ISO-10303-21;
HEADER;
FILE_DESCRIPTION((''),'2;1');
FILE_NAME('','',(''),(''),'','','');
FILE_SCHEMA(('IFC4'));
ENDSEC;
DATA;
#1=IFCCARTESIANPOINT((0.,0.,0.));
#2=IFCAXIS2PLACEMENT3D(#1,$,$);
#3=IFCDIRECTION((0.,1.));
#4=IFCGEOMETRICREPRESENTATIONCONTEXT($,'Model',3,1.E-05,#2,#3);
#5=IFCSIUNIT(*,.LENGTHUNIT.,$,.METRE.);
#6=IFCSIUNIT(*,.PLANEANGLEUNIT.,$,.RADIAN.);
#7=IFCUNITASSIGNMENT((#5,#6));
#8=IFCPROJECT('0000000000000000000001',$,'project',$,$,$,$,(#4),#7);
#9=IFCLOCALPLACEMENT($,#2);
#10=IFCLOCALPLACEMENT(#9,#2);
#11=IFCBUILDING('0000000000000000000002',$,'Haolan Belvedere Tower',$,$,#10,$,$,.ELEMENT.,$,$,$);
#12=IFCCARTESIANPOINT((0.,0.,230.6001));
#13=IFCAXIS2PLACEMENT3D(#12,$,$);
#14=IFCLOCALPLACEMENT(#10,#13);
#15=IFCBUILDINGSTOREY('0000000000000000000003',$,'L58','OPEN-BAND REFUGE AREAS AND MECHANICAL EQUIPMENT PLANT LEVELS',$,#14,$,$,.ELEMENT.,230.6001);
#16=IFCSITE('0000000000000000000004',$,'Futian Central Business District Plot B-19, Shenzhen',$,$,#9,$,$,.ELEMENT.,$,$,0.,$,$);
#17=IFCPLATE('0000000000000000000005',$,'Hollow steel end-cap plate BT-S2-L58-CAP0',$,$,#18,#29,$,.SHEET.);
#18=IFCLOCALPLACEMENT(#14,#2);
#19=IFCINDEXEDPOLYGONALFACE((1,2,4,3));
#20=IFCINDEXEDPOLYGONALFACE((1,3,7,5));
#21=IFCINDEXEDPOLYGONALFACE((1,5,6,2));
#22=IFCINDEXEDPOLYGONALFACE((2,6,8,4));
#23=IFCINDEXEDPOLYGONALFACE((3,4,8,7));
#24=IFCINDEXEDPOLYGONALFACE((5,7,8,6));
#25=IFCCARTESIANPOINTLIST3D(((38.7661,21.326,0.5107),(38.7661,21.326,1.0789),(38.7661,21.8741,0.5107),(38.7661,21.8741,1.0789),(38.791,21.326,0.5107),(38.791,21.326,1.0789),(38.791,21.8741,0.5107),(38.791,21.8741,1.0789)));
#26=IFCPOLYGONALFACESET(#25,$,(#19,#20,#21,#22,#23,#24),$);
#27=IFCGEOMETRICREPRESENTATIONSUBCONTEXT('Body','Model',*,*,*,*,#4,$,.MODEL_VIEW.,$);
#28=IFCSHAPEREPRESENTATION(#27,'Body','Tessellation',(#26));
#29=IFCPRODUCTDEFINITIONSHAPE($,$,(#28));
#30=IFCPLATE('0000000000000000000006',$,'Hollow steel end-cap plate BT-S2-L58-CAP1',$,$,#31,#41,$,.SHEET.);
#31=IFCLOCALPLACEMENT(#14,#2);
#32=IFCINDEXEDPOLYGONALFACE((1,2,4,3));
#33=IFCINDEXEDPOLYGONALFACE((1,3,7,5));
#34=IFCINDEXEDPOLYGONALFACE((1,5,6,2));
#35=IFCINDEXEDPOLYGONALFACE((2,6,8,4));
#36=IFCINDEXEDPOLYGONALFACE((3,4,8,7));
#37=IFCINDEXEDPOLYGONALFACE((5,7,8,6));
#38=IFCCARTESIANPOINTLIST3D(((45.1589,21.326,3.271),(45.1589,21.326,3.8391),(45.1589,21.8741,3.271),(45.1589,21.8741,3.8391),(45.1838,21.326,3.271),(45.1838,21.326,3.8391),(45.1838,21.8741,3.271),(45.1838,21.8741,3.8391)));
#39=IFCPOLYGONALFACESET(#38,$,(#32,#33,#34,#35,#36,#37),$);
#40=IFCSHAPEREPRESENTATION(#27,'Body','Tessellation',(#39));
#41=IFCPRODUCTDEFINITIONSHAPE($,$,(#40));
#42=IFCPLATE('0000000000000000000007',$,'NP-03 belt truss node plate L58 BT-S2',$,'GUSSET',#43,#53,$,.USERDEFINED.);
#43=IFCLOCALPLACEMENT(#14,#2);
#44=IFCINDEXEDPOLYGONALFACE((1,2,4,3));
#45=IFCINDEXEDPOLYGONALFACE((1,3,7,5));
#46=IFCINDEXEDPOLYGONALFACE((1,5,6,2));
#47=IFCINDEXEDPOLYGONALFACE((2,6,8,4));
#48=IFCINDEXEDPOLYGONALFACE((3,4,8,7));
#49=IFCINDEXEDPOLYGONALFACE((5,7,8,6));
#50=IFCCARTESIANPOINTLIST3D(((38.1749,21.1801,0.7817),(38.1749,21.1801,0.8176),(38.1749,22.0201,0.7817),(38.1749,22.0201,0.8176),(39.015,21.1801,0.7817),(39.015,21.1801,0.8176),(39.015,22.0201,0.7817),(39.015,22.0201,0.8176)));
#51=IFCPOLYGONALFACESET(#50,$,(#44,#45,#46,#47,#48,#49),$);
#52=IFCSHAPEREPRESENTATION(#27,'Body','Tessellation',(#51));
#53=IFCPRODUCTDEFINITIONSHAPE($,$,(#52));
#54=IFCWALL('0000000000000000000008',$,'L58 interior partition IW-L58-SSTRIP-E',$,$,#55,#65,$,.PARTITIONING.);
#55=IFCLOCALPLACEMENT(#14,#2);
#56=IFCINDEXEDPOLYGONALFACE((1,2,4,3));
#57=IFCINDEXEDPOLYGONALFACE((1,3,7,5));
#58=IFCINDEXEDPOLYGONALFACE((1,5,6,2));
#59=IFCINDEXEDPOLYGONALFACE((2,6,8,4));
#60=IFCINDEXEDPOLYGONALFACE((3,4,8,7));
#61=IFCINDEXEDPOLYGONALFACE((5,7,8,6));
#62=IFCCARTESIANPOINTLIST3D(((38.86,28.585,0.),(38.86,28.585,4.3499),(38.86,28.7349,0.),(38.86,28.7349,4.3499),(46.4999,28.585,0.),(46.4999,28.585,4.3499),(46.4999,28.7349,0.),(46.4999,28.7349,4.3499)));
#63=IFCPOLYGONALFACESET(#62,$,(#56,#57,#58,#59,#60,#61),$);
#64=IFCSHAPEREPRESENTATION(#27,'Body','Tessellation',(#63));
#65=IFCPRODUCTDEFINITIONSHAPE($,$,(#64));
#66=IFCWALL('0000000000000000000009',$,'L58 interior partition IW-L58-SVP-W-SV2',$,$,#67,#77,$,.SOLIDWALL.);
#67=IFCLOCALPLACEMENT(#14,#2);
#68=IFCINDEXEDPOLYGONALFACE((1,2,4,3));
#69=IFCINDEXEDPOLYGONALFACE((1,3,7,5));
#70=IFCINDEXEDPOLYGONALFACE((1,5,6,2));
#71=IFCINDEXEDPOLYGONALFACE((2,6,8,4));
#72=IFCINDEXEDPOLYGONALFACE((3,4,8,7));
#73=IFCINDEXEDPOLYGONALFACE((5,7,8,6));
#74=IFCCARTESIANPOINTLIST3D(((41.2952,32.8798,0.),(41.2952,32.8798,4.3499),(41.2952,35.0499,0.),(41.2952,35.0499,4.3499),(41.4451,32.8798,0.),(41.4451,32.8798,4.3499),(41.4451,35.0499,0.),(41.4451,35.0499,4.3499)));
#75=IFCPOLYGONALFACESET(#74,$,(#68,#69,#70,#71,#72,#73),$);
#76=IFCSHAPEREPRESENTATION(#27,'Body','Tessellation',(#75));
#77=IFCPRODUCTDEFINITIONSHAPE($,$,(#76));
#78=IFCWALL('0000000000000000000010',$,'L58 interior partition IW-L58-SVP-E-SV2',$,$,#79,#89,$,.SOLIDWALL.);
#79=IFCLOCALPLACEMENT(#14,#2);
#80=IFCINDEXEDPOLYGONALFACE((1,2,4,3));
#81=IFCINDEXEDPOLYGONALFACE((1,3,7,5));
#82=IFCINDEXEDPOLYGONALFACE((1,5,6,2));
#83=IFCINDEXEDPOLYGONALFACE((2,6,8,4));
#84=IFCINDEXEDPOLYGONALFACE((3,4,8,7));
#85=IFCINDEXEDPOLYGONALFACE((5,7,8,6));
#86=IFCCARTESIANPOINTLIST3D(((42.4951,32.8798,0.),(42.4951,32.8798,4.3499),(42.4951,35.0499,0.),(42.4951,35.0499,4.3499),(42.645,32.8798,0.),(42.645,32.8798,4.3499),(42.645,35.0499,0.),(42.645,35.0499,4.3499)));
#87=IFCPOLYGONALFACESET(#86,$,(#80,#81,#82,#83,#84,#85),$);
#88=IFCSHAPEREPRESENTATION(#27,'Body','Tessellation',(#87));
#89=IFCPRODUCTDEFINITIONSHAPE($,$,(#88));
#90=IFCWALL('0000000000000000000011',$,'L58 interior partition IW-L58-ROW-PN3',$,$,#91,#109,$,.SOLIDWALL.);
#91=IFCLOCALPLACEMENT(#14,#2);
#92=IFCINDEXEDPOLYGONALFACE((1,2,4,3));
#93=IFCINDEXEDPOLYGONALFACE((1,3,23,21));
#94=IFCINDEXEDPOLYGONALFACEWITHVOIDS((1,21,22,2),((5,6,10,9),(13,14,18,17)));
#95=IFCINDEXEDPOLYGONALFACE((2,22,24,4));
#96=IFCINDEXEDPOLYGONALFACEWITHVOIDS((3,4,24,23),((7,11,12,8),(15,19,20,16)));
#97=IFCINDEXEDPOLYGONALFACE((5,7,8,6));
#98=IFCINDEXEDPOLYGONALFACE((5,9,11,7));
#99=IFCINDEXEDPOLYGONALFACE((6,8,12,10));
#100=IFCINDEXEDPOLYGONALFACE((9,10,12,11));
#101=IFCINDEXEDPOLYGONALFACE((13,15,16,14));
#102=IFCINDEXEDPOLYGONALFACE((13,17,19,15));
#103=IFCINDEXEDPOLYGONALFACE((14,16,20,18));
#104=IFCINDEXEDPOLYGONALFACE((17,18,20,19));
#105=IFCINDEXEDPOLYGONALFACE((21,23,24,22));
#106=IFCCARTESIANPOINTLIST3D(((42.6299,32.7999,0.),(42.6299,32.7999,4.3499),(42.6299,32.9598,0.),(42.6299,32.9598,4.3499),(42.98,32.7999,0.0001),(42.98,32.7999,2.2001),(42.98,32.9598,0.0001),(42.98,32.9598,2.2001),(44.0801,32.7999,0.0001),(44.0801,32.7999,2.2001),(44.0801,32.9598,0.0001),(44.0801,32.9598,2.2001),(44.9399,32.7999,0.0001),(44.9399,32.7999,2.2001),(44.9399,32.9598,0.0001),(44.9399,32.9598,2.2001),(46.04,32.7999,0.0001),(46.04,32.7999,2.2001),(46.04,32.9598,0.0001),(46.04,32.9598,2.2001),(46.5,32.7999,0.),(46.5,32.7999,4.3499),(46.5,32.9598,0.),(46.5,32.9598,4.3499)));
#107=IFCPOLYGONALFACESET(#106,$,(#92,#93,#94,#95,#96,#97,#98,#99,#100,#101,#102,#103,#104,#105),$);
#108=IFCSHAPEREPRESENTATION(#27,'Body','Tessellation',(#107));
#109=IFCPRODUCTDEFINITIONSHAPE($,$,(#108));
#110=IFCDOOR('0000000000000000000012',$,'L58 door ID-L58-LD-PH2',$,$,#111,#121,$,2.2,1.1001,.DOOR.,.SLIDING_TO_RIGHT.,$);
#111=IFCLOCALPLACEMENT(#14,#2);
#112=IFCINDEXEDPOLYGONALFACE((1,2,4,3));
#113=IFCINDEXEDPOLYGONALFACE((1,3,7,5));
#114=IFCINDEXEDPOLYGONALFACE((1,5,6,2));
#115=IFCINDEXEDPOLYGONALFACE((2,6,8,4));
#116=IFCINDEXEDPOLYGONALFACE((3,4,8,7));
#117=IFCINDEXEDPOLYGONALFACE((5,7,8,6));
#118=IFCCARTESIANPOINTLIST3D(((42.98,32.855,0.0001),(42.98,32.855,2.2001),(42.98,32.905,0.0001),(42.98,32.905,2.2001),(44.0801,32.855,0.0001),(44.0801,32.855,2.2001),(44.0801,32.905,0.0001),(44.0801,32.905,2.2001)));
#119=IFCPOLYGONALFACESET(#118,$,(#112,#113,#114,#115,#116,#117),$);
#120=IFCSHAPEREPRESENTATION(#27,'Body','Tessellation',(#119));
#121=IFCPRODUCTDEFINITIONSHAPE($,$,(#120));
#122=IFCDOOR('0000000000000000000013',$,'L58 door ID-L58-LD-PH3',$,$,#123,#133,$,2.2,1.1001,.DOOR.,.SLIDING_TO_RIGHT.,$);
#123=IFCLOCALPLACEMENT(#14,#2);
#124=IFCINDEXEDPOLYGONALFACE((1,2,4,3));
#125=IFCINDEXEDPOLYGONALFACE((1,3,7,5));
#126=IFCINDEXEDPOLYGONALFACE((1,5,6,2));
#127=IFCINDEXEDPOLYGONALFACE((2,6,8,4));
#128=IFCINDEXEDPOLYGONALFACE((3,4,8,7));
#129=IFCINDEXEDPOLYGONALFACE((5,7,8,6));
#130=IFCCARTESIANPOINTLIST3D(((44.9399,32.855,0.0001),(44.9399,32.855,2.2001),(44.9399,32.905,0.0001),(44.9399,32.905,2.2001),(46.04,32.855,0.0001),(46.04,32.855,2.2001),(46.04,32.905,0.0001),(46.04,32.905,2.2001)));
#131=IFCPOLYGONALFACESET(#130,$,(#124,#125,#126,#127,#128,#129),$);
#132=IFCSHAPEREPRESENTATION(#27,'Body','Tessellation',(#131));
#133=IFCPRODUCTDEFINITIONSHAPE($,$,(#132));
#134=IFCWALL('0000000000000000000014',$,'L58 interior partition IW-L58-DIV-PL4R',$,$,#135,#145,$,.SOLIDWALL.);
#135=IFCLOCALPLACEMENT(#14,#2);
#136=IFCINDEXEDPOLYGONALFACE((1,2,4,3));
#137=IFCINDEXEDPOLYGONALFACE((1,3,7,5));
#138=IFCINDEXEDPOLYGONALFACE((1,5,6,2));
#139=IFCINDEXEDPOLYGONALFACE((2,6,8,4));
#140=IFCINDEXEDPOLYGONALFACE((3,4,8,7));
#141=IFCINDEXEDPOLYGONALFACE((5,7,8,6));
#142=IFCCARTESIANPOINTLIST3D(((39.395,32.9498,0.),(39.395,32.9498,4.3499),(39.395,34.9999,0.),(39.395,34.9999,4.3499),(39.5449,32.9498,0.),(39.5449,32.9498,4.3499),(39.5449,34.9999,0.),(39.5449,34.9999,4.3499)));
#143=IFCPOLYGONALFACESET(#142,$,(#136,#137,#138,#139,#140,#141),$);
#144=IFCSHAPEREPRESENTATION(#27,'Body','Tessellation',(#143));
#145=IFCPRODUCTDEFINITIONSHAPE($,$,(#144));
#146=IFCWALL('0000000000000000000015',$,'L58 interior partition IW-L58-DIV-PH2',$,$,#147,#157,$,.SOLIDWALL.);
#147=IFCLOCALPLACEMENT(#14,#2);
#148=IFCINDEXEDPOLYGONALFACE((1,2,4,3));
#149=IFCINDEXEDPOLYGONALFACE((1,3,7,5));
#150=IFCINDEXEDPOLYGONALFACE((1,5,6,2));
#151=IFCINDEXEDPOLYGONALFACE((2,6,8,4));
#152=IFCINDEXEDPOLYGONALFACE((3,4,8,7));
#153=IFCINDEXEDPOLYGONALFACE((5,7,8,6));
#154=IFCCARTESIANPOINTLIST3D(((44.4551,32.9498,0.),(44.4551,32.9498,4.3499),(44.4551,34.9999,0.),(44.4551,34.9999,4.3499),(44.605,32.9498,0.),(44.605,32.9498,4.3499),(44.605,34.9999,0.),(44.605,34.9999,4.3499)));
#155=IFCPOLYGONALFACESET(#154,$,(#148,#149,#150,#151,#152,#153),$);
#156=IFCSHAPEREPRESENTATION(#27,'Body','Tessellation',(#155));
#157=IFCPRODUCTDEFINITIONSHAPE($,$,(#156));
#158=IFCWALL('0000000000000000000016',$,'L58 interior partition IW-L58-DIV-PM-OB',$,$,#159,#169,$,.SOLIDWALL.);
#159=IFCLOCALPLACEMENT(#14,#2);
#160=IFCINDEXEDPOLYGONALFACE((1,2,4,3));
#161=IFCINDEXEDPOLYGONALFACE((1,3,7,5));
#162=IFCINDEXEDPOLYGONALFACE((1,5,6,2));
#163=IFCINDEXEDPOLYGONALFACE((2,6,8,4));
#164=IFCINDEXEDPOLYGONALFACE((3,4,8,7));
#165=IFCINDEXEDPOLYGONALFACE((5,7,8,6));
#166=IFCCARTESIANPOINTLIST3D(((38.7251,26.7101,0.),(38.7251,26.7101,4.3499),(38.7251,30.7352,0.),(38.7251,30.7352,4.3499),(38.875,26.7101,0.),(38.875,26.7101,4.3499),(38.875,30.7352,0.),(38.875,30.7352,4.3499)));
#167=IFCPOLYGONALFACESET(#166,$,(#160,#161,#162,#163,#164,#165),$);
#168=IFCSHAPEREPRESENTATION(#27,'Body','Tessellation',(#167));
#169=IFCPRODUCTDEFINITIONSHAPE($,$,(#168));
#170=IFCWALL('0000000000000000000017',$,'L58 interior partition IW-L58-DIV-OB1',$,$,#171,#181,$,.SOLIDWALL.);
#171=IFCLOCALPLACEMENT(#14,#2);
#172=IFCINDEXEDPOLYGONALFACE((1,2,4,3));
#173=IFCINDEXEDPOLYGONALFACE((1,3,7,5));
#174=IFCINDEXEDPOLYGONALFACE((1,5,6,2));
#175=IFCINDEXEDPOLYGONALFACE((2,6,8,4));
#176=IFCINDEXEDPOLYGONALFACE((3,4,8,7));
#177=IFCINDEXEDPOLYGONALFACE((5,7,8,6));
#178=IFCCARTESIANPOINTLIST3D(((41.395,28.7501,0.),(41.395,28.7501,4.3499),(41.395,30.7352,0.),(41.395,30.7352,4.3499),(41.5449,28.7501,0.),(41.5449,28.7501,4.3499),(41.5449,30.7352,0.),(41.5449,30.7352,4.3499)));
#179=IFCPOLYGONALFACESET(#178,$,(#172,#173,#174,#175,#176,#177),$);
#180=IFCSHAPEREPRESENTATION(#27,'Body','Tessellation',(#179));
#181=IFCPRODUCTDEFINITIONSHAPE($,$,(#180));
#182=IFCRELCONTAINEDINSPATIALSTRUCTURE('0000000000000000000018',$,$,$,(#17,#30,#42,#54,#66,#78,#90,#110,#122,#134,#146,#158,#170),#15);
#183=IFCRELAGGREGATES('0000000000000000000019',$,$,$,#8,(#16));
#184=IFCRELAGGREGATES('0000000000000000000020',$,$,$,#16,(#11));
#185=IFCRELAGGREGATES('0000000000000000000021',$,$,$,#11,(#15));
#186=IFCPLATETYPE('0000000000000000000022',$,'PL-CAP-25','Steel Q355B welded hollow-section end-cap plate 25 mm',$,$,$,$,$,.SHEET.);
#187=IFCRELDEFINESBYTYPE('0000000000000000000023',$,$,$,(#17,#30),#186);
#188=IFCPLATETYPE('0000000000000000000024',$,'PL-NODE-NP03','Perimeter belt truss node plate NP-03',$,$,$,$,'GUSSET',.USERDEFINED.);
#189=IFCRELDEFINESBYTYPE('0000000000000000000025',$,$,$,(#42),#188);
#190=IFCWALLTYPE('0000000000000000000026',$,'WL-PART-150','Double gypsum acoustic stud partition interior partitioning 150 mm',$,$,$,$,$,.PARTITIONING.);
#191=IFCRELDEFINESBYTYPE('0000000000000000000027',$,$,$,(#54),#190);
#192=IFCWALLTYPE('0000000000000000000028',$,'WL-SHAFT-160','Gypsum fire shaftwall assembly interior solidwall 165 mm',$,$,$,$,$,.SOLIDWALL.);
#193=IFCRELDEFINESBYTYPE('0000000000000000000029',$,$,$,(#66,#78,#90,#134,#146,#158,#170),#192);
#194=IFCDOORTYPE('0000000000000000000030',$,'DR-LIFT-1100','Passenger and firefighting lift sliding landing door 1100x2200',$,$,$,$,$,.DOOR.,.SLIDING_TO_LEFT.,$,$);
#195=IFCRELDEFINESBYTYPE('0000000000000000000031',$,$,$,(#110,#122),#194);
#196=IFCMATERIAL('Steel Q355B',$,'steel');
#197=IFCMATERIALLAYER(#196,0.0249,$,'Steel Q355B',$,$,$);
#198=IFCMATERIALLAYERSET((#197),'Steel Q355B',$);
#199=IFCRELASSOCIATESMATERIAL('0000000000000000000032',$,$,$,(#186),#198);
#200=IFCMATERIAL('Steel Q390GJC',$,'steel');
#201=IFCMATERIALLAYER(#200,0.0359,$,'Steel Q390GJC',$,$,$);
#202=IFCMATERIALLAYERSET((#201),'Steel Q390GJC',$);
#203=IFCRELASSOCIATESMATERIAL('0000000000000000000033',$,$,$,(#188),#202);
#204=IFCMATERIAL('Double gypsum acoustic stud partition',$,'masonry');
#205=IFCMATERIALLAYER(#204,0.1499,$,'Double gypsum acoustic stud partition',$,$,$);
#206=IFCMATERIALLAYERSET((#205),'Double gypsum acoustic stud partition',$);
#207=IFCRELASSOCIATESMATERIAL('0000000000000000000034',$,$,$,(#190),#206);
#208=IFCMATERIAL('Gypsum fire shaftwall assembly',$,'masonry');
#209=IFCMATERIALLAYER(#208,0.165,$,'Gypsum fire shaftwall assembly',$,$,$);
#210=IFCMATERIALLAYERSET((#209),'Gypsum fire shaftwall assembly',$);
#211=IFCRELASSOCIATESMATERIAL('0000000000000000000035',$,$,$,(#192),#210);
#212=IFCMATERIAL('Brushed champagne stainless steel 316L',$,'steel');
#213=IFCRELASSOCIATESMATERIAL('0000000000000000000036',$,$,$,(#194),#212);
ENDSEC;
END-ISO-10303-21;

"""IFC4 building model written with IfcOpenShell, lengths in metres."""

from ifc_helpers import new_model, si_unit, direction, frame, frame_2d, origin, origin_2d, place, context, subcontext, project, spatial, rectangle, extrude, material, layer, layer_set, type_object, element, fill, save


model = new_model("IFC4")

# Units and contexts
model_context = context("Model", 3, precision=1e-05, world=origin(), true_north=direction((0.0, 1.0)))
body_context = subcontext(model_context, "Body", "Model", "MODEL_VIEW")
ifc_project = project(units=[si_unit("LENGTHUNIT", "METRE"), si_unit("PLANEANGLEUNIT", "RADIAN")], contexts=[model_context])

# Site, building, storey
site_placement = place(None, origin())
site = spatial("IfcSite", under=ifc_project, at=site_placement, Name="Futian Central Business District Plot B-19, Shenzhen", CompositionType="ELEMENT", RefElevation=0.0)
building_placement = place(site_placement, origin())
building = spatial("IfcBuilding", under=site, at=building_placement, Name="Haolan Belvedere Tower", CompositionType="ELEMENT")
storey_placement = place(building_placement, frame((0.0, 0.0, 230.6001)))
storey = spatial("IfcBuildingStorey", under=building, at=storey_placement, Name="L58", Description="OPEN-BAND REFUGE AREAS AND MECHANICAL EQUIPMENT PLANT LEVELS", CompositionType="ELEMENT", Elevation=230.6001)

# Shared definitions
ifc_material_1 = material(Name="Steel Q390GJC", Category="steel")

# Shared definitions
ifc_material_2 = material(Name="Steel Q355B", Category="steel")

# Plates
ifc_layer_1 = layer(ifc_material_2, 0.0249, Name="Steel Q355B")
ifc_layer_set_1 = layer_set([ifc_layer_1], Name="Steel Q355B")
plate_type_1 = type_object("IfcPlateType", Name="PL-CAP-25", Description="Steel Q355B welded hollow-section end-cap plate 25 mm", PredefinedType="SHEET", material=ifc_layer_set_1)
for number, where, z_axis, x_axis, name in (
    (1, (38.7786, 21.6001, 0.5107), (0.0, 0.0, 1.0), (0.0, -1.0, 0.0), "Hollow steel end-cap plate BT-S2-L58-CAP0"),
    (2, (45.1714, 21.6001, 3.271), (0.0, 0.0, 1.0), (0.0, 1.0, 0.0), "Hollow steel end-cap plate BT-S2-L58-CAP1"),
):
    element("IfcPlate", number, at=place(storey_placement, frame(where, z_axis=z_axis, x_axis=x_axis)), inside=storey, type_object=plate_type_1, Name=name, PredefinedType="SHEET", context=body_context, shape_type="SweptSolid", body=[
        extrude(rectangle(XDim=0.5481, YDim=0.0249, at=origin_2d()), origin(), (0.0, 0.0, 1.0), 0.5681),
    ])
ifc_layer_2 = layer(ifc_material_1, 0.0359, Name="Steel Q390GJC")
ifc_layer_set_2 = layer_set([ifc_layer_2], Name="Steel Q390GJC")
plate_type_2 = type_object("IfcPlateType", Name="PL-NODE-NP03", Description="Perimeter belt truss node plate NP-03", ElementType="GUSSET", PredefinedType="USERDEFINED", material=ifc_layer_set_2)
plate_1_placement = place(storey_placement, frame((38.595, 21.6001, 0.7817), z_axis=(0.0, 0.0, 1.0), x_axis=(1.0, 0.0, 0.0)))
element("IfcPlate", 3, at=plate_1_placement, inside=storey, type_object=plate_type_2, Name="NP-03 belt truss node plate L58 BT-S2", ObjectType="GUSSET", PredefinedType="USERDEFINED", context=body_context, shape_type="SweptSolid", body=[
    extrude(rectangle(XDim=0.8401, YDim=0.8401, at=origin_2d()), origin(), (0.0, 0.0, 1.0), 0.0359),
])

# Walls
ifc_material_3 = material(Name="Double gypsum acoustic stud partition", Category="masonry")
ifc_layer_3 = layer(ifc_material_3, 0.1499, Name="Double gypsum acoustic stud partition")
ifc_layer_set_3 = layer_set([ifc_layer_3], Name="Double gypsum acoustic stud partition")
wall_type_1 = type_object("IfcWallType", Name="WL-PART-150", Description="Double gypsum acoustic stud partition interior partitioning 150 mm", PredefinedType="PARTITIONING", material=ifc_layer_set_3)
wall_1_placement = place(storey_placement, frame((38.8601, 28.6599, 0.0), z_axis=(0.0, 0.0, 1.0), x_axis=(1.0, 0.0, 0.0)))
element("IfcWall", 4, at=wall_1_placement, inside=storey, type_object=wall_type_1, Name="L58 interior partition IW-L58-SSTRIP-E", PredefinedType="PARTITIONING", context=body_context, shape_type="SweptSolid", body=[
    extrude(rectangle(XDim=7.6399, YDim=0.1499, at=frame_2d((3.8198, 0.0))), origin(), (0.0, 0.0, 1.0), 4.3499),
])
ifc_material_4 = material(Name="Gypsum fire shaftwall assembly", Category="masonry")
ifc_layer_4 = layer(ifc_material_4, 0.165, Name="Gypsum fire shaftwall assembly")
ifc_layer_set_4 = layer_set([ifc_layer_4], Name="Gypsum fire shaftwall assembly")
wall_type_2 = type_object("IfcWallType", Name="WL-SHAFT-160", Description="Gypsum fire shaftwall assembly interior solidwall 165 mm", PredefinedType="SOLIDWALL", material=ifc_layer_set_4)
for number, where, z_axis, x_axis, name in (
    (5, (41.3701, 32.8799, 0.0), (0.0, 0.0, 1.0), (0.0, 1.0, 0.0), "L58 interior partition IW-L58-SVP-W-SV2"),
    (6, (42.5701, 32.8799, 0.0), (0.0, 0.0, 1.0), (0.0, 1.0, 0.0), "L58 interior partition IW-L58-SVP-E-SV2"),
):
    element("IfcWall", number, at=place(storey_placement, frame(where, z_axis=z_axis, x_axis=x_axis)), inside=storey, type_object=wall_type_2, Name=name, PredefinedType="SOLIDWALL", context=body_context, shape_type="SweptSolid", body=[
        extrude(rectangle(XDim=2.1702, YDim=0.1499, at=frame_2d((1.085, 0.0))), origin(), (0.0, 0.0, 1.0), 4.3499),
    ])

# Wall, openings, doors
wall_2_placement = place(storey_placement, frame((42.6299, 32.8799, 0.0), z_axis=(0.0, 0.0, 1.0), x_axis=(1.0, 0.0, 0.0)))
wall_2 = element("IfcWall", 7, at=wall_2_placement, inside=storey, type_object=wall_type_2, Name="L58 interior partition IW-L58-ROW-PN3", PredefinedType="SOLIDWALL", context=body_context, shape_type="SweptSolid", body=[
    extrude(rectangle(XDim=3.8701, YDim=0.1599, at=frame_2d((1.9351, 0.0))), origin(), (0.0, 0.0, 1.0), 4.3499),
])
opening_1_placement = place(wall_2_placement, frame((1.4502, 0.0, 0.0), z_axis=(0.0, 0.0, 1.0), x_axis=(-1.0, 0.0, 0.0)))
opening_1 = element("IfcOpeningElement", 8, at=opening_1_placement, cuts=wall_2, PredefinedType="OPENING", context=body_context, shape_type="SweptSolid", body=[
    extrude(rectangle(XDim=1.1001, YDim=2.2, at=frame_2d((0.55, 1.1001))), frame((0.0, 0.0898, 0.0), z_axis=(0.0, -1.0, 0.0), x_axis=(1.0, 0.0, 0.0)), (0.0, 0.0, 1.0), 0.1799),
])
opening_2_placement = place(wall_2_placement, frame((3.4102, 0.0, 0.0), z_axis=(0.0, 0.0, 1.0), x_axis=(-1.0, 0.0, 0.0)))
opening_2 = element("IfcOpeningElement", 9, at=opening_2_placement, cuts=wall_2, PredefinedType="OPENING", context=body_context, shape_type="SweptSolid", body=[
    extrude(rectangle(XDim=1.1001, YDim=2.2, at=frame_2d((0.55, 1.1001))), frame((0.0, 0.0898, 0.0), z_axis=(0.0, -1.0, 0.0), x_axis=(1.0, 0.0, 0.0)), (0.0, 0.0, 1.0), 0.1799),
])
ifc_material_5 = material(Name="Brushed champagne stainless steel 316L", Category="steel")
door_type = type_object("IfcDoorType", Name="DR-LIFT-1100", Description="Passenger and firefighting lift sliding landing door 1100x2200", OperationType="SLIDING_TO_LEFT", PredefinedType="DOOR", material=ifc_material_5)
door_1_placement = place(opening_1_placement, origin())
door_1 = element("IfcDoor", 10, at=door_1_placement, inside=storey, type_object=door_type, Name="L58 door ID-L58-LD-PH2", OperationType="SLIDING_TO_RIGHT", OverallHeight=2.2, OverallWidth=1.1001, PredefinedType="DOOR", context=body_context, shape_type="SweptSolid", body=[
    extrude(rectangle(XDim=1.1001, YDim=2.2, at=frame_2d((0.55, 1.1001))), frame((0.0, 0.0249, 0.0), z_axis=(0.0, -1.0, 0.0), x_axis=(1.0, 0.0, 0.0)), (0.0, 0.0, 1.0), 0.05),
])
fill(opening_1, door_1)
door_2_placement = place(opening_2_placement, origin())
door_2 = element("IfcDoor", 11, at=door_2_placement, inside=storey, type_object=door_type, Name="L58 door ID-L58-LD-PH3", OperationType="SLIDING_TO_RIGHT", OverallHeight=2.2, OverallWidth=1.1001, PredefinedType="DOOR", context=body_context, shape_type="SweptSolid", body=[
    extrude(rectangle(XDim=1.1001, YDim=2.2, at=frame_2d((0.55, 1.1001))), frame((0.0, 0.0249, 0.0), z_axis=(0.0, -1.0, 0.0), x_axis=(1.0, 0.0, 0.0)), (0.0, 0.0, 1.0), 0.05),
])
fill(opening_2, door_2)

# Walls
for number, where, z_axis, x_axis, name in (
    (12, (39.47, 32.95, 0.0), (0.0, 0.0, 1.0), (0.0, 1.0, 0.0), "L58 interior partition IW-L58-DIV-PL4R"),
    (13, (44.53, 32.95, 0.0), (0.0, 0.0, 1.0), (0.0, 1.0, 0.0), "L58 interior partition IW-L58-DIV-PH2"),
):
    element("IfcWall", number, at=place(storey_placement, frame(where, z_axis=z_axis, x_axis=x_axis)), inside=storey, type_object=wall_type_2, Name=name, PredefinedType="SOLIDWALL", context=body_context, shape_type="SweptSolid", body=[
        extrude(rectangle(XDim=2.05, YDim=0.1499, at=frame_2d((1.0249, 0.0))), origin(), (0.0, 0.0, 1.0), 4.3499),
    ])
wall_3_placement = place(storey_placement, frame((38.8, 26.71, 0.0), z_axis=(0.0, 0.0, 1.0), x_axis=(0.0, 1.0, 0.0)))
element("IfcWall", 14, at=wall_3_placement, inside=storey, type_object=wall_type_2, Name="L58 interior partition IW-L58-DIV-PM-OB", PredefinedType="SOLIDWALL", context=body_context, shape_type="SweptSolid", body=[
    extrude(rectangle(XDim=4.0251, YDim=0.1499, at=frame_2d((2.0127, 0.0))), origin(), (0.0, 0.0, 1.0), 4.3499),
])
for number, where, z_axis, x_axis, name in (
    (15, (41.47, 28.75, 0.0), (0.0, 0.0, 1.0), (0.0, 1.0, 0.0), "L58 interior partition IW-L58-DIV-OB1"),
):
    element("IfcWall", number, at=place(storey_placement, frame(where, z_axis=z_axis, x_axis=x_axis)), inside=storey, type_object=wall_type_2, Name=name, PredefinedType="SOLIDWALL", context=body_context, shape_type="SweptSolid", body=[
        extrude(rectangle(XDim=1.9851, YDim=0.1499, at=frame_2d((0.9927, 0.0))), origin(), (0.0, 0.0, 1.0), 4.3499),
    ])

save(model, "model.ifc")
